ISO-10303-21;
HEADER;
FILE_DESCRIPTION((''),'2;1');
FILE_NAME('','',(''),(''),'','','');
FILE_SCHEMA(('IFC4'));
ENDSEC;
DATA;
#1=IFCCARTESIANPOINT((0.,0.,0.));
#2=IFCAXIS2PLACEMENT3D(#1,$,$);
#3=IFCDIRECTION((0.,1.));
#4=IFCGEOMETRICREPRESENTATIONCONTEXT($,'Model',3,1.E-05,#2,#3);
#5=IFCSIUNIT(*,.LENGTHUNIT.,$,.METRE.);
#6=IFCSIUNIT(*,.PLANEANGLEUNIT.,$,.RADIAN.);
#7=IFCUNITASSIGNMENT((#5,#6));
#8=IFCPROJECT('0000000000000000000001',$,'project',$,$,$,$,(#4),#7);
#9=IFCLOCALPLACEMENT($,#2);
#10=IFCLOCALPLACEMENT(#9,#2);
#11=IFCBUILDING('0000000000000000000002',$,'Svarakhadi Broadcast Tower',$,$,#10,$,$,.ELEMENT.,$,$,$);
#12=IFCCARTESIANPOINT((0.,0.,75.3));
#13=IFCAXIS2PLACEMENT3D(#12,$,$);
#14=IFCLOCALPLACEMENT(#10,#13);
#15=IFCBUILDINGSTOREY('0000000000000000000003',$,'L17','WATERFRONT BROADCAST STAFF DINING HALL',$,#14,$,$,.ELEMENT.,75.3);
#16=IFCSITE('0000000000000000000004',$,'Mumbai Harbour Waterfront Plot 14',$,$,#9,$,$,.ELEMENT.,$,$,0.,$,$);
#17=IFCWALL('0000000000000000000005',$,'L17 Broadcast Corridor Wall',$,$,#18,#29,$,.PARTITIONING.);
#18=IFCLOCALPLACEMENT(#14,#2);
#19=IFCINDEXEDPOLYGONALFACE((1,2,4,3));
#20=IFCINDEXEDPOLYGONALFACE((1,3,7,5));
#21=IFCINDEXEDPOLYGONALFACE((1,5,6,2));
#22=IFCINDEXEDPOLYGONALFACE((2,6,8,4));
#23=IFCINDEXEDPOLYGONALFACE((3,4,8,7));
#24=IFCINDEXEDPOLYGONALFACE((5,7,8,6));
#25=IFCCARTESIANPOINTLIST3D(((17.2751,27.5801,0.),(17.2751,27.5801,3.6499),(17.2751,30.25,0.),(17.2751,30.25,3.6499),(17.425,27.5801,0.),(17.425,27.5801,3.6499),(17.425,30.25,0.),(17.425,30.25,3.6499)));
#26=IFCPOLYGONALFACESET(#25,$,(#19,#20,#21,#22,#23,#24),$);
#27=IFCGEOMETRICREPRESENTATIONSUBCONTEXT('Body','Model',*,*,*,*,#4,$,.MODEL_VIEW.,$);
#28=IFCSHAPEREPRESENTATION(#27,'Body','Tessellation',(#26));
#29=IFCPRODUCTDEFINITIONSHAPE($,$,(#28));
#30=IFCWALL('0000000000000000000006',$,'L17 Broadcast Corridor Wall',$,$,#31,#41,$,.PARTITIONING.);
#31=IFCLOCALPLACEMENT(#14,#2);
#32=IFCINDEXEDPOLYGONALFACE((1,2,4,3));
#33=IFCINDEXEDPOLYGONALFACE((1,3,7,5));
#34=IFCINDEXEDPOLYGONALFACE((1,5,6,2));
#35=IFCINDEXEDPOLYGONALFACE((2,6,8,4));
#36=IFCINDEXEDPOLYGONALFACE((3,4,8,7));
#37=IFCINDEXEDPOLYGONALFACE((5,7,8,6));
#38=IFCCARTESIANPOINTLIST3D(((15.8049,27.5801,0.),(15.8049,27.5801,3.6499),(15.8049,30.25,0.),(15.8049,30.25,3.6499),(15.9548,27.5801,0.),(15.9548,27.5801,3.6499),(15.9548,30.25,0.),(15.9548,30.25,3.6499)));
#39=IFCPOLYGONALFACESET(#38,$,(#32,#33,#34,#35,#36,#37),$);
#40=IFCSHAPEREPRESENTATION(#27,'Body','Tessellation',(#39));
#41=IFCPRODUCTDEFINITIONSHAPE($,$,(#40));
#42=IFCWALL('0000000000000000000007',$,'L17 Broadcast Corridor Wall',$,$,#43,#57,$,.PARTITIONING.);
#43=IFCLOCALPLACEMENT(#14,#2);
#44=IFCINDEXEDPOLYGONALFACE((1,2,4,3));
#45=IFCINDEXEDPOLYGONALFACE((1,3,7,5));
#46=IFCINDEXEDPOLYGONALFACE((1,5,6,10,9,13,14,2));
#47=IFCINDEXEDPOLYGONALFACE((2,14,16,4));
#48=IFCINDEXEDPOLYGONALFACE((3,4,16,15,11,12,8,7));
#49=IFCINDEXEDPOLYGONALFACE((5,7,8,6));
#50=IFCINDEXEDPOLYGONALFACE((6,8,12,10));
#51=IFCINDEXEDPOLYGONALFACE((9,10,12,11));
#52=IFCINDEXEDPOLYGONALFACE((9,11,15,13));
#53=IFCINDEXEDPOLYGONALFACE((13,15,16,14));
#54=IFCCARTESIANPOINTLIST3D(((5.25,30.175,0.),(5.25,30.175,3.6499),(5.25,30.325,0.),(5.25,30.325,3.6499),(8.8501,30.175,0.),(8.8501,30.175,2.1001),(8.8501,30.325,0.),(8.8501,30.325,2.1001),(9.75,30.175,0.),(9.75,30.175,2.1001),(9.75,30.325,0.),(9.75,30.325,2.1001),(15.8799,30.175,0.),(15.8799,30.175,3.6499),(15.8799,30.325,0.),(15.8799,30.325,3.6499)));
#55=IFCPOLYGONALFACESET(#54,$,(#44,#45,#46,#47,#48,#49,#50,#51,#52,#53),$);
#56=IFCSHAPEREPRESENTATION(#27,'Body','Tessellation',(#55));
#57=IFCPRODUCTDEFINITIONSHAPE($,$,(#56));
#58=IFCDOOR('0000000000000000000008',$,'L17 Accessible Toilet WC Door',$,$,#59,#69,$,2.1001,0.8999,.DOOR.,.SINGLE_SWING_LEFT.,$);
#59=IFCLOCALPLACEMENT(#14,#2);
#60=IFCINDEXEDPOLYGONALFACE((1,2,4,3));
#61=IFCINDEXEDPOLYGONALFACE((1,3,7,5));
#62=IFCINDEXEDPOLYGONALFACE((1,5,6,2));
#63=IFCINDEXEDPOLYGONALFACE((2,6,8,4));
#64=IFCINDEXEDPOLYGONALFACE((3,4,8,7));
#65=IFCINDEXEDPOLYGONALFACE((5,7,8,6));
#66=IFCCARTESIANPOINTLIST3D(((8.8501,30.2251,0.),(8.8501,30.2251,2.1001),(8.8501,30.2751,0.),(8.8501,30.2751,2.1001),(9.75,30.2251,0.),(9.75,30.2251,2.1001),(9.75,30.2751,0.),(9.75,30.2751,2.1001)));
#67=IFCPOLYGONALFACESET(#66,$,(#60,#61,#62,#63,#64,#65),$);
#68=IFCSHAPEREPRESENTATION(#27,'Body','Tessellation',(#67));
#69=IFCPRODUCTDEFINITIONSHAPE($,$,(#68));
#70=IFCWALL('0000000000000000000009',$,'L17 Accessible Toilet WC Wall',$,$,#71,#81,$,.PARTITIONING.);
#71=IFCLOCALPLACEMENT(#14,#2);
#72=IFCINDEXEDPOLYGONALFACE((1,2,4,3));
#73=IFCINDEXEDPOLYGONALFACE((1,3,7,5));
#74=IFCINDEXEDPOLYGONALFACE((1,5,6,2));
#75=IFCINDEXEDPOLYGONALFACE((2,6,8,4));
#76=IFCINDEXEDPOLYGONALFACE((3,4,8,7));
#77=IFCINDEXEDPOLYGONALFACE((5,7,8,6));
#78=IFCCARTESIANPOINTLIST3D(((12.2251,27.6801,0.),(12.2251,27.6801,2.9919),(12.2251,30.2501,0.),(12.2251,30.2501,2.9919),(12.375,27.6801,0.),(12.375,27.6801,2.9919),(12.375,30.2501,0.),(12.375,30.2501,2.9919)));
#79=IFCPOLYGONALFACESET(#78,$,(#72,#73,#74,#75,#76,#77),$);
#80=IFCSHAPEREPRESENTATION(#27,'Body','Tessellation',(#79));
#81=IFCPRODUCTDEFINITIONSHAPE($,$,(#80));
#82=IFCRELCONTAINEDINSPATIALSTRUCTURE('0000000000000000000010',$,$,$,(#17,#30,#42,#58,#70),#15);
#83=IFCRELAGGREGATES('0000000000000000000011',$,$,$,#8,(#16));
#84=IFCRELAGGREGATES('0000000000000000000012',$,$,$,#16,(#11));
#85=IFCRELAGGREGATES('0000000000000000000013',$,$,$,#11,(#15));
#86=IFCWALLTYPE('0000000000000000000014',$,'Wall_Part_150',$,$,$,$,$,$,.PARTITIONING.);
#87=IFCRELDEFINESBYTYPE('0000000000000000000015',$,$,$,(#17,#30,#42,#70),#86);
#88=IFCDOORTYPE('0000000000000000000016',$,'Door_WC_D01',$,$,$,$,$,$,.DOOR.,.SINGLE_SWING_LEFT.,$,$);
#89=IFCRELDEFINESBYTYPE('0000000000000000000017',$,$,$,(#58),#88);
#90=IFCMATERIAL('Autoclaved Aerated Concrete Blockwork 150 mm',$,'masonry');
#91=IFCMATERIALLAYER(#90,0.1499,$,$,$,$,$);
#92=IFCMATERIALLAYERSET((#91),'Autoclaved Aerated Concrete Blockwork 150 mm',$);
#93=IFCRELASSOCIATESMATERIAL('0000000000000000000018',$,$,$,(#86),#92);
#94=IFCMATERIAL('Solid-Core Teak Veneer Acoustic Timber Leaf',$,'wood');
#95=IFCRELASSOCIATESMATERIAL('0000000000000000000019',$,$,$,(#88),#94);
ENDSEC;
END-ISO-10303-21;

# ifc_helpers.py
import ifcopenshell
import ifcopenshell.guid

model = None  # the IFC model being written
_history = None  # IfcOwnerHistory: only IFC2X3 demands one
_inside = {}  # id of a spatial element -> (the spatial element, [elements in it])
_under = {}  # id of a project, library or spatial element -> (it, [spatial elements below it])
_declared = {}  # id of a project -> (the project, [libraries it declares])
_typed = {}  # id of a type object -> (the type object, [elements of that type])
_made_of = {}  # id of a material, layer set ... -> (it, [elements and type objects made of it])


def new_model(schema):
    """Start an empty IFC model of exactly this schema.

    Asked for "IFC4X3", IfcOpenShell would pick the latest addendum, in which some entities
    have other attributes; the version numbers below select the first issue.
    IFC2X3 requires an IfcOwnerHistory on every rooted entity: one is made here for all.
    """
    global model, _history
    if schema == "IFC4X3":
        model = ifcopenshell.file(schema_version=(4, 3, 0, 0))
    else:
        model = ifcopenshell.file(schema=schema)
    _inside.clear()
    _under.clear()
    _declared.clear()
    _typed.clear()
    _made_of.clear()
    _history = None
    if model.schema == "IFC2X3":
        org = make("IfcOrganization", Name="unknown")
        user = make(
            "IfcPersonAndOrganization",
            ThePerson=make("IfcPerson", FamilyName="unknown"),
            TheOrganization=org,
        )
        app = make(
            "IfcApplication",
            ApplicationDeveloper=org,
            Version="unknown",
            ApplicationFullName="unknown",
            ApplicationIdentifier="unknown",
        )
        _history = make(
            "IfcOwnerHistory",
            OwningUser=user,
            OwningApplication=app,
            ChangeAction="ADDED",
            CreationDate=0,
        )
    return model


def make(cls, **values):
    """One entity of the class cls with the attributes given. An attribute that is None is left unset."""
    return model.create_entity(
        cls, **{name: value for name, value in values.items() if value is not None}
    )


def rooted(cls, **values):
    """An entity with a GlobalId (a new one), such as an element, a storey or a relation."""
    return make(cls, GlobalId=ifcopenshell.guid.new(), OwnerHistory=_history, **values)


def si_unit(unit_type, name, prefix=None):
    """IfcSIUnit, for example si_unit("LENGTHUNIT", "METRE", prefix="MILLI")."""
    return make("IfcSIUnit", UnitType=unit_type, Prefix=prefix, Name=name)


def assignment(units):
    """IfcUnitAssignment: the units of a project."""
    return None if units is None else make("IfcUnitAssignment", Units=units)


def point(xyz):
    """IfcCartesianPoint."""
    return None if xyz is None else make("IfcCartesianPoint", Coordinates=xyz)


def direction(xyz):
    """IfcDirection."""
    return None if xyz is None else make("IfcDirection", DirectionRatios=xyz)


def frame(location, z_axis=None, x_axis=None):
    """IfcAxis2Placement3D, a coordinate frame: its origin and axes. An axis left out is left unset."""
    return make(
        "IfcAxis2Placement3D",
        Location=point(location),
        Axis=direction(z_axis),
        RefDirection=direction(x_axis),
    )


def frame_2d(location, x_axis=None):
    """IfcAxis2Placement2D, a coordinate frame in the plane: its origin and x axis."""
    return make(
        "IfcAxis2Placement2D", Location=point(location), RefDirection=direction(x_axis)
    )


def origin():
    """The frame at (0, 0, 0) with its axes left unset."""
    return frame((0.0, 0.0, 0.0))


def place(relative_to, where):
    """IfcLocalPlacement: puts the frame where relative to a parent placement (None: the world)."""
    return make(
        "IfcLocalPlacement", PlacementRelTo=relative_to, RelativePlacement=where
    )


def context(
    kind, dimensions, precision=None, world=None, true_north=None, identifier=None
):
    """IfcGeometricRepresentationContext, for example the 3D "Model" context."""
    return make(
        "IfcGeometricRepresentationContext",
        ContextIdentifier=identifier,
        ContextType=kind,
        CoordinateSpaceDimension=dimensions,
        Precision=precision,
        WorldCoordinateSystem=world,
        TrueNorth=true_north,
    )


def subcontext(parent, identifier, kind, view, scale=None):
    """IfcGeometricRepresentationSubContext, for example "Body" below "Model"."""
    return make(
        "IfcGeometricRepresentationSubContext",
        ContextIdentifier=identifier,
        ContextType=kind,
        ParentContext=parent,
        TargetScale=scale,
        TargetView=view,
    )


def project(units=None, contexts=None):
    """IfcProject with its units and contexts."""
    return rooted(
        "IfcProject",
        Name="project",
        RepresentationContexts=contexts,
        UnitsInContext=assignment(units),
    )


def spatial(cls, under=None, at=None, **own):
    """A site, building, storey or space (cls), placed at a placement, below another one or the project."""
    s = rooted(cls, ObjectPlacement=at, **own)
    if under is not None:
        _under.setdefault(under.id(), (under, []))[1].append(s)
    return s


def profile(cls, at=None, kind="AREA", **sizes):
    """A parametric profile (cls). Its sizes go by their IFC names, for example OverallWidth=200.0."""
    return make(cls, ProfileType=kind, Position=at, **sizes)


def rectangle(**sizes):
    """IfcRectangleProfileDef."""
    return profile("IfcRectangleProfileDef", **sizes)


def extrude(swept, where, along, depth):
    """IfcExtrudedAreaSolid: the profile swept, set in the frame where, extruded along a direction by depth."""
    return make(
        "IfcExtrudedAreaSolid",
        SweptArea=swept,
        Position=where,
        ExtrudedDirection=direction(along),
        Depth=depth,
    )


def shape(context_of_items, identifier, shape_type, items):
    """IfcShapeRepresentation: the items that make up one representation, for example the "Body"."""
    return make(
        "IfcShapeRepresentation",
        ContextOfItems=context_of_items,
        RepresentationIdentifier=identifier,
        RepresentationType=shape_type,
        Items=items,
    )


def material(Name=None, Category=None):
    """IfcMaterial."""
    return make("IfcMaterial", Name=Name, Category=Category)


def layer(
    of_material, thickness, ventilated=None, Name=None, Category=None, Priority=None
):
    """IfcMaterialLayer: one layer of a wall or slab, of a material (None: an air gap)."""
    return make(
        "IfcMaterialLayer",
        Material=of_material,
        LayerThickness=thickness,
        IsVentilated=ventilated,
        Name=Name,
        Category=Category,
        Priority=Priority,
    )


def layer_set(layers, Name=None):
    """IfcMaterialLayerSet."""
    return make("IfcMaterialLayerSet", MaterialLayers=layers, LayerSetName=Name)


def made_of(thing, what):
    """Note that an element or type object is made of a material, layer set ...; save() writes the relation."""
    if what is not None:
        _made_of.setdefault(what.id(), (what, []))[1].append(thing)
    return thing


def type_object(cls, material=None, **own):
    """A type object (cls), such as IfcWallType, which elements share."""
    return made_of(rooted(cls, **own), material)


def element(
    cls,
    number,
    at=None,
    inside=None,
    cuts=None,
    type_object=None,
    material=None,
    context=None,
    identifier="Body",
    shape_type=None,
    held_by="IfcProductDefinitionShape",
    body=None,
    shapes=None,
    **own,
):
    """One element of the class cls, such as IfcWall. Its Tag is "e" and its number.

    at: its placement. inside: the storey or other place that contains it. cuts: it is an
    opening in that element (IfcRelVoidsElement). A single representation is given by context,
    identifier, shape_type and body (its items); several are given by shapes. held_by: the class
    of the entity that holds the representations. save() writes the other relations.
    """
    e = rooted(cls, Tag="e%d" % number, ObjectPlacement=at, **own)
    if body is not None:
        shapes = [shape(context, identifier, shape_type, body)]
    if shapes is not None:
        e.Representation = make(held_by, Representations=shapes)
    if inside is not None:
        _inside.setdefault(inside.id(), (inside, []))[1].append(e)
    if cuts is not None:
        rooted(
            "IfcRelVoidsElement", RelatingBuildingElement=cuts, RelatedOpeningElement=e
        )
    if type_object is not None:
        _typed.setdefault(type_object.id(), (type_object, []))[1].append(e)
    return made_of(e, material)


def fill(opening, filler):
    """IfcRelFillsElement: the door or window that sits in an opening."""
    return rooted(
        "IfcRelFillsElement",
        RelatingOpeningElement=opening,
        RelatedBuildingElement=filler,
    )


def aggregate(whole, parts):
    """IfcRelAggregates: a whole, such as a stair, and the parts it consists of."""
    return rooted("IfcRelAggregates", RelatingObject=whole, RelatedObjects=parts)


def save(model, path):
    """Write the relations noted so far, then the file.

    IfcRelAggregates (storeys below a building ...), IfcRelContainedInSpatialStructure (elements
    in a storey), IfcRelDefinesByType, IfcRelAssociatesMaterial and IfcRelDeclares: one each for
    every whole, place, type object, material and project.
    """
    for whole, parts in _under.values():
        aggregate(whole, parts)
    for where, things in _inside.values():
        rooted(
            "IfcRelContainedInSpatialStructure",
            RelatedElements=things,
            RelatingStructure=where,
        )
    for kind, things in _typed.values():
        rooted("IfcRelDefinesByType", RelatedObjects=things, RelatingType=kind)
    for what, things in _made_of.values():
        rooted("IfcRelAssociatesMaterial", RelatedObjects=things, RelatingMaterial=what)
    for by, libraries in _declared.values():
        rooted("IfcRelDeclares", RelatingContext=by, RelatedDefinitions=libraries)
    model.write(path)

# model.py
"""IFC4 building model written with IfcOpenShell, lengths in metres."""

from ifc_helpers import new_model, si_unit, direction, frame, frame_2d, origin, place, context, subcontext, project, spatial, rectangle, extrude, material, layer, layer_set, type_object, element, fill, save


model = new_model("IFC4")

# Units and contexts
model_context = context("Model", 3, precision=1e-05, world=origin(), true_north=direction((0.0, 1.0)))
body_context = subcontext(model_context, "Body", "Model", "MODEL_VIEW")
ifc_project = project(units=[si_unit("LENGTHUNIT", "METRE"), si_unit("PLANEANGLEUNIT", "RADIAN")], contexts=[model_context])

# Site, building, storey
site_placement = place(None, origin())
site = spatial("IfcSite", under=ifc_project, at=site_placement, Name="Mumbai Harbour Waterfront Plot 14", CompositionType="ELEMENT", RefElevation=0.0)
building_placement = place(site_placement, origin())
building = spatial("IfcBuilding", under=site, at=building_placement, Name="Svarakhadi Broadcast Tower", CompositionType="ELEMENT")
storey_placement = place(building_placement, frame((0.0, 0.0, 75.3)))
storey = spatial("IfcBuildingStorey", under=building, at=storey_placement, Name="L17", Description="WATERFRONT BROADCAST STAFF DINING HALL", CompositionType="ELEMENT", Elevation=75.3)

# Shared definitions
ifc_material_1 = material(Name="Autoclaved Aerated Concrete Blockwork 150 mm", Category="masonry")
ifc_layer = layer(ifc_material_1, 0.1499)
ifc_layer_set = layer_set([ifc_layer], Name="Autoclaved Aerated Concrete Blockwork 150 mm")
wall_type = type_object("IfcWallType", Name="Wall_Part_150", PredefinedType="PARTITIONING", material=ifc_layer_set)
ifc_material_2 = material(Name="Solid-Core Teak Veneer Acoustic Timber Leaf", Category="wood")

# Walls
for number, where, z_axis, x_axis, name in (
    (1, (17.3501, 30.25, 0.0), (0.0, 0.0, 1.0), (0.0, -1.0, 0.0), "L17 Broadcast Corridor Wall"),
    (2, (15.8799, 27.5801, 0.0), (0.0, 0.0, 1.0), (0.0, 1.0, 0.0), "L17 Broadcast Corridor Wall"),
):
    element("IfcWall", number, at=place(storey_placement, frame(where, z_axis=z_axis, x_axis=x_axis)), inside=storey, type_object=wall_type, Name=name, PredefinedType="PARTITIONING", context=body_context, shape_type="SweptSolid", body=[
        extrude(rectangle(XDim=2.6699, YDim=0.1499, at=frame_2d((1.335, 0.0))), origin(), (0.0, 0.0, 1.0), 3.6499),
    ])

# Wall, opening, door
wall_1_placement = place(storey_placement, frame((15.8799, 30.25, 0.0), z_axis=(0.0, 0.0, 1.0), x_axis=(-1.0, 0.0, 0.0)))
wall_1 = element("IfcWall", 3, at=wall_1_placement, inside=storey, type_object=wall_type, Name="L17 Broadcast Corridor Wall", PredefinedType="PARTITIONING", context=body_context, shape_type="SweptSolid", body=[
    extrude(rectangle(XDim=10.6299, YDim=0.1499, at=frame_2d((5.3149, 0.0))), origin(), (0.0, 0.0, 1.0), 3.6499),
])
opening_1_placement = place(wall_1_placement, frame((6.1299, 0.0, 0.0)))
opening_1 = element("IfcOpeningElement", 4, at=opening_1_placement, cuts=wall_1, PredefinedType="OPENING", context=body_context, shape_type="SweptSolid", body=[
    extrude(rectangle(XDim=0.8999, YDim=2.1001, at=frame_2d((0.45, 1.05))), frame((0.0, 0.085, 0.0), z_axis=(0.0, -1.0, 0.0), x_axis=(1.0, 0.0, 0.0)), (0.0, 0.0, 1.0), 0.1699),
])
door_type_1 = type_object("IfcDoorType", Name="Door_WC_D01", OperationType="SINGLE_SWING_LEFT", PredefinedType="DOOR", material=ifc_material_2)
door_1_placement = place(opening_1_placement, origin())
door_1 = element("IfcDoor", 5, at=door_1_placement, inside=storey, type_object=door_type_1, Name="L17 Accessible Toilet WC Door", OperationType="SINGLE_SWING_LEFT", OverallHeight=2.1001, OverallWidth=0.8999, PredefinedType="DOOR", context=body_context, shape_type="SweptSolid", body=[
    extrude(rectangle(XDim=0.8999, YDim=2.1001, at=frame_2d((0.45, 1.05))), frame((0.0, 0.0249, 0.0), z_axis=(0.0, -1.0, 0.0), x_axis=(1.0, 0.0, 0.0)), (0.0, 0.0, 1.0), 0.05),
])
fill(opening_1, door_1)

# Wall
wall_2_placement = place(storey_placement, frame((12.3, 27.6799, 0.0), z_axis=(0.0, 0.0, 1.0), x_axis=(0.0, 1.0, 0.0)))
element("IfcWall", 6, at=wall_2_placement, inside=storey, type_object=wall_type, Name="L17 Accessible Toilet WC Wall", PredefinedType="PARTITIONING", context=body_context, shape_type="SweptSolid", body=[
    extrude(rectangle(XDim=2.5701, YDim=0.1499, at=frame_2d((1.2852, 0.0))), origin(), (0.0, 0.0, 1.0), 2.9919),
])

save(model, "model.ifc")
